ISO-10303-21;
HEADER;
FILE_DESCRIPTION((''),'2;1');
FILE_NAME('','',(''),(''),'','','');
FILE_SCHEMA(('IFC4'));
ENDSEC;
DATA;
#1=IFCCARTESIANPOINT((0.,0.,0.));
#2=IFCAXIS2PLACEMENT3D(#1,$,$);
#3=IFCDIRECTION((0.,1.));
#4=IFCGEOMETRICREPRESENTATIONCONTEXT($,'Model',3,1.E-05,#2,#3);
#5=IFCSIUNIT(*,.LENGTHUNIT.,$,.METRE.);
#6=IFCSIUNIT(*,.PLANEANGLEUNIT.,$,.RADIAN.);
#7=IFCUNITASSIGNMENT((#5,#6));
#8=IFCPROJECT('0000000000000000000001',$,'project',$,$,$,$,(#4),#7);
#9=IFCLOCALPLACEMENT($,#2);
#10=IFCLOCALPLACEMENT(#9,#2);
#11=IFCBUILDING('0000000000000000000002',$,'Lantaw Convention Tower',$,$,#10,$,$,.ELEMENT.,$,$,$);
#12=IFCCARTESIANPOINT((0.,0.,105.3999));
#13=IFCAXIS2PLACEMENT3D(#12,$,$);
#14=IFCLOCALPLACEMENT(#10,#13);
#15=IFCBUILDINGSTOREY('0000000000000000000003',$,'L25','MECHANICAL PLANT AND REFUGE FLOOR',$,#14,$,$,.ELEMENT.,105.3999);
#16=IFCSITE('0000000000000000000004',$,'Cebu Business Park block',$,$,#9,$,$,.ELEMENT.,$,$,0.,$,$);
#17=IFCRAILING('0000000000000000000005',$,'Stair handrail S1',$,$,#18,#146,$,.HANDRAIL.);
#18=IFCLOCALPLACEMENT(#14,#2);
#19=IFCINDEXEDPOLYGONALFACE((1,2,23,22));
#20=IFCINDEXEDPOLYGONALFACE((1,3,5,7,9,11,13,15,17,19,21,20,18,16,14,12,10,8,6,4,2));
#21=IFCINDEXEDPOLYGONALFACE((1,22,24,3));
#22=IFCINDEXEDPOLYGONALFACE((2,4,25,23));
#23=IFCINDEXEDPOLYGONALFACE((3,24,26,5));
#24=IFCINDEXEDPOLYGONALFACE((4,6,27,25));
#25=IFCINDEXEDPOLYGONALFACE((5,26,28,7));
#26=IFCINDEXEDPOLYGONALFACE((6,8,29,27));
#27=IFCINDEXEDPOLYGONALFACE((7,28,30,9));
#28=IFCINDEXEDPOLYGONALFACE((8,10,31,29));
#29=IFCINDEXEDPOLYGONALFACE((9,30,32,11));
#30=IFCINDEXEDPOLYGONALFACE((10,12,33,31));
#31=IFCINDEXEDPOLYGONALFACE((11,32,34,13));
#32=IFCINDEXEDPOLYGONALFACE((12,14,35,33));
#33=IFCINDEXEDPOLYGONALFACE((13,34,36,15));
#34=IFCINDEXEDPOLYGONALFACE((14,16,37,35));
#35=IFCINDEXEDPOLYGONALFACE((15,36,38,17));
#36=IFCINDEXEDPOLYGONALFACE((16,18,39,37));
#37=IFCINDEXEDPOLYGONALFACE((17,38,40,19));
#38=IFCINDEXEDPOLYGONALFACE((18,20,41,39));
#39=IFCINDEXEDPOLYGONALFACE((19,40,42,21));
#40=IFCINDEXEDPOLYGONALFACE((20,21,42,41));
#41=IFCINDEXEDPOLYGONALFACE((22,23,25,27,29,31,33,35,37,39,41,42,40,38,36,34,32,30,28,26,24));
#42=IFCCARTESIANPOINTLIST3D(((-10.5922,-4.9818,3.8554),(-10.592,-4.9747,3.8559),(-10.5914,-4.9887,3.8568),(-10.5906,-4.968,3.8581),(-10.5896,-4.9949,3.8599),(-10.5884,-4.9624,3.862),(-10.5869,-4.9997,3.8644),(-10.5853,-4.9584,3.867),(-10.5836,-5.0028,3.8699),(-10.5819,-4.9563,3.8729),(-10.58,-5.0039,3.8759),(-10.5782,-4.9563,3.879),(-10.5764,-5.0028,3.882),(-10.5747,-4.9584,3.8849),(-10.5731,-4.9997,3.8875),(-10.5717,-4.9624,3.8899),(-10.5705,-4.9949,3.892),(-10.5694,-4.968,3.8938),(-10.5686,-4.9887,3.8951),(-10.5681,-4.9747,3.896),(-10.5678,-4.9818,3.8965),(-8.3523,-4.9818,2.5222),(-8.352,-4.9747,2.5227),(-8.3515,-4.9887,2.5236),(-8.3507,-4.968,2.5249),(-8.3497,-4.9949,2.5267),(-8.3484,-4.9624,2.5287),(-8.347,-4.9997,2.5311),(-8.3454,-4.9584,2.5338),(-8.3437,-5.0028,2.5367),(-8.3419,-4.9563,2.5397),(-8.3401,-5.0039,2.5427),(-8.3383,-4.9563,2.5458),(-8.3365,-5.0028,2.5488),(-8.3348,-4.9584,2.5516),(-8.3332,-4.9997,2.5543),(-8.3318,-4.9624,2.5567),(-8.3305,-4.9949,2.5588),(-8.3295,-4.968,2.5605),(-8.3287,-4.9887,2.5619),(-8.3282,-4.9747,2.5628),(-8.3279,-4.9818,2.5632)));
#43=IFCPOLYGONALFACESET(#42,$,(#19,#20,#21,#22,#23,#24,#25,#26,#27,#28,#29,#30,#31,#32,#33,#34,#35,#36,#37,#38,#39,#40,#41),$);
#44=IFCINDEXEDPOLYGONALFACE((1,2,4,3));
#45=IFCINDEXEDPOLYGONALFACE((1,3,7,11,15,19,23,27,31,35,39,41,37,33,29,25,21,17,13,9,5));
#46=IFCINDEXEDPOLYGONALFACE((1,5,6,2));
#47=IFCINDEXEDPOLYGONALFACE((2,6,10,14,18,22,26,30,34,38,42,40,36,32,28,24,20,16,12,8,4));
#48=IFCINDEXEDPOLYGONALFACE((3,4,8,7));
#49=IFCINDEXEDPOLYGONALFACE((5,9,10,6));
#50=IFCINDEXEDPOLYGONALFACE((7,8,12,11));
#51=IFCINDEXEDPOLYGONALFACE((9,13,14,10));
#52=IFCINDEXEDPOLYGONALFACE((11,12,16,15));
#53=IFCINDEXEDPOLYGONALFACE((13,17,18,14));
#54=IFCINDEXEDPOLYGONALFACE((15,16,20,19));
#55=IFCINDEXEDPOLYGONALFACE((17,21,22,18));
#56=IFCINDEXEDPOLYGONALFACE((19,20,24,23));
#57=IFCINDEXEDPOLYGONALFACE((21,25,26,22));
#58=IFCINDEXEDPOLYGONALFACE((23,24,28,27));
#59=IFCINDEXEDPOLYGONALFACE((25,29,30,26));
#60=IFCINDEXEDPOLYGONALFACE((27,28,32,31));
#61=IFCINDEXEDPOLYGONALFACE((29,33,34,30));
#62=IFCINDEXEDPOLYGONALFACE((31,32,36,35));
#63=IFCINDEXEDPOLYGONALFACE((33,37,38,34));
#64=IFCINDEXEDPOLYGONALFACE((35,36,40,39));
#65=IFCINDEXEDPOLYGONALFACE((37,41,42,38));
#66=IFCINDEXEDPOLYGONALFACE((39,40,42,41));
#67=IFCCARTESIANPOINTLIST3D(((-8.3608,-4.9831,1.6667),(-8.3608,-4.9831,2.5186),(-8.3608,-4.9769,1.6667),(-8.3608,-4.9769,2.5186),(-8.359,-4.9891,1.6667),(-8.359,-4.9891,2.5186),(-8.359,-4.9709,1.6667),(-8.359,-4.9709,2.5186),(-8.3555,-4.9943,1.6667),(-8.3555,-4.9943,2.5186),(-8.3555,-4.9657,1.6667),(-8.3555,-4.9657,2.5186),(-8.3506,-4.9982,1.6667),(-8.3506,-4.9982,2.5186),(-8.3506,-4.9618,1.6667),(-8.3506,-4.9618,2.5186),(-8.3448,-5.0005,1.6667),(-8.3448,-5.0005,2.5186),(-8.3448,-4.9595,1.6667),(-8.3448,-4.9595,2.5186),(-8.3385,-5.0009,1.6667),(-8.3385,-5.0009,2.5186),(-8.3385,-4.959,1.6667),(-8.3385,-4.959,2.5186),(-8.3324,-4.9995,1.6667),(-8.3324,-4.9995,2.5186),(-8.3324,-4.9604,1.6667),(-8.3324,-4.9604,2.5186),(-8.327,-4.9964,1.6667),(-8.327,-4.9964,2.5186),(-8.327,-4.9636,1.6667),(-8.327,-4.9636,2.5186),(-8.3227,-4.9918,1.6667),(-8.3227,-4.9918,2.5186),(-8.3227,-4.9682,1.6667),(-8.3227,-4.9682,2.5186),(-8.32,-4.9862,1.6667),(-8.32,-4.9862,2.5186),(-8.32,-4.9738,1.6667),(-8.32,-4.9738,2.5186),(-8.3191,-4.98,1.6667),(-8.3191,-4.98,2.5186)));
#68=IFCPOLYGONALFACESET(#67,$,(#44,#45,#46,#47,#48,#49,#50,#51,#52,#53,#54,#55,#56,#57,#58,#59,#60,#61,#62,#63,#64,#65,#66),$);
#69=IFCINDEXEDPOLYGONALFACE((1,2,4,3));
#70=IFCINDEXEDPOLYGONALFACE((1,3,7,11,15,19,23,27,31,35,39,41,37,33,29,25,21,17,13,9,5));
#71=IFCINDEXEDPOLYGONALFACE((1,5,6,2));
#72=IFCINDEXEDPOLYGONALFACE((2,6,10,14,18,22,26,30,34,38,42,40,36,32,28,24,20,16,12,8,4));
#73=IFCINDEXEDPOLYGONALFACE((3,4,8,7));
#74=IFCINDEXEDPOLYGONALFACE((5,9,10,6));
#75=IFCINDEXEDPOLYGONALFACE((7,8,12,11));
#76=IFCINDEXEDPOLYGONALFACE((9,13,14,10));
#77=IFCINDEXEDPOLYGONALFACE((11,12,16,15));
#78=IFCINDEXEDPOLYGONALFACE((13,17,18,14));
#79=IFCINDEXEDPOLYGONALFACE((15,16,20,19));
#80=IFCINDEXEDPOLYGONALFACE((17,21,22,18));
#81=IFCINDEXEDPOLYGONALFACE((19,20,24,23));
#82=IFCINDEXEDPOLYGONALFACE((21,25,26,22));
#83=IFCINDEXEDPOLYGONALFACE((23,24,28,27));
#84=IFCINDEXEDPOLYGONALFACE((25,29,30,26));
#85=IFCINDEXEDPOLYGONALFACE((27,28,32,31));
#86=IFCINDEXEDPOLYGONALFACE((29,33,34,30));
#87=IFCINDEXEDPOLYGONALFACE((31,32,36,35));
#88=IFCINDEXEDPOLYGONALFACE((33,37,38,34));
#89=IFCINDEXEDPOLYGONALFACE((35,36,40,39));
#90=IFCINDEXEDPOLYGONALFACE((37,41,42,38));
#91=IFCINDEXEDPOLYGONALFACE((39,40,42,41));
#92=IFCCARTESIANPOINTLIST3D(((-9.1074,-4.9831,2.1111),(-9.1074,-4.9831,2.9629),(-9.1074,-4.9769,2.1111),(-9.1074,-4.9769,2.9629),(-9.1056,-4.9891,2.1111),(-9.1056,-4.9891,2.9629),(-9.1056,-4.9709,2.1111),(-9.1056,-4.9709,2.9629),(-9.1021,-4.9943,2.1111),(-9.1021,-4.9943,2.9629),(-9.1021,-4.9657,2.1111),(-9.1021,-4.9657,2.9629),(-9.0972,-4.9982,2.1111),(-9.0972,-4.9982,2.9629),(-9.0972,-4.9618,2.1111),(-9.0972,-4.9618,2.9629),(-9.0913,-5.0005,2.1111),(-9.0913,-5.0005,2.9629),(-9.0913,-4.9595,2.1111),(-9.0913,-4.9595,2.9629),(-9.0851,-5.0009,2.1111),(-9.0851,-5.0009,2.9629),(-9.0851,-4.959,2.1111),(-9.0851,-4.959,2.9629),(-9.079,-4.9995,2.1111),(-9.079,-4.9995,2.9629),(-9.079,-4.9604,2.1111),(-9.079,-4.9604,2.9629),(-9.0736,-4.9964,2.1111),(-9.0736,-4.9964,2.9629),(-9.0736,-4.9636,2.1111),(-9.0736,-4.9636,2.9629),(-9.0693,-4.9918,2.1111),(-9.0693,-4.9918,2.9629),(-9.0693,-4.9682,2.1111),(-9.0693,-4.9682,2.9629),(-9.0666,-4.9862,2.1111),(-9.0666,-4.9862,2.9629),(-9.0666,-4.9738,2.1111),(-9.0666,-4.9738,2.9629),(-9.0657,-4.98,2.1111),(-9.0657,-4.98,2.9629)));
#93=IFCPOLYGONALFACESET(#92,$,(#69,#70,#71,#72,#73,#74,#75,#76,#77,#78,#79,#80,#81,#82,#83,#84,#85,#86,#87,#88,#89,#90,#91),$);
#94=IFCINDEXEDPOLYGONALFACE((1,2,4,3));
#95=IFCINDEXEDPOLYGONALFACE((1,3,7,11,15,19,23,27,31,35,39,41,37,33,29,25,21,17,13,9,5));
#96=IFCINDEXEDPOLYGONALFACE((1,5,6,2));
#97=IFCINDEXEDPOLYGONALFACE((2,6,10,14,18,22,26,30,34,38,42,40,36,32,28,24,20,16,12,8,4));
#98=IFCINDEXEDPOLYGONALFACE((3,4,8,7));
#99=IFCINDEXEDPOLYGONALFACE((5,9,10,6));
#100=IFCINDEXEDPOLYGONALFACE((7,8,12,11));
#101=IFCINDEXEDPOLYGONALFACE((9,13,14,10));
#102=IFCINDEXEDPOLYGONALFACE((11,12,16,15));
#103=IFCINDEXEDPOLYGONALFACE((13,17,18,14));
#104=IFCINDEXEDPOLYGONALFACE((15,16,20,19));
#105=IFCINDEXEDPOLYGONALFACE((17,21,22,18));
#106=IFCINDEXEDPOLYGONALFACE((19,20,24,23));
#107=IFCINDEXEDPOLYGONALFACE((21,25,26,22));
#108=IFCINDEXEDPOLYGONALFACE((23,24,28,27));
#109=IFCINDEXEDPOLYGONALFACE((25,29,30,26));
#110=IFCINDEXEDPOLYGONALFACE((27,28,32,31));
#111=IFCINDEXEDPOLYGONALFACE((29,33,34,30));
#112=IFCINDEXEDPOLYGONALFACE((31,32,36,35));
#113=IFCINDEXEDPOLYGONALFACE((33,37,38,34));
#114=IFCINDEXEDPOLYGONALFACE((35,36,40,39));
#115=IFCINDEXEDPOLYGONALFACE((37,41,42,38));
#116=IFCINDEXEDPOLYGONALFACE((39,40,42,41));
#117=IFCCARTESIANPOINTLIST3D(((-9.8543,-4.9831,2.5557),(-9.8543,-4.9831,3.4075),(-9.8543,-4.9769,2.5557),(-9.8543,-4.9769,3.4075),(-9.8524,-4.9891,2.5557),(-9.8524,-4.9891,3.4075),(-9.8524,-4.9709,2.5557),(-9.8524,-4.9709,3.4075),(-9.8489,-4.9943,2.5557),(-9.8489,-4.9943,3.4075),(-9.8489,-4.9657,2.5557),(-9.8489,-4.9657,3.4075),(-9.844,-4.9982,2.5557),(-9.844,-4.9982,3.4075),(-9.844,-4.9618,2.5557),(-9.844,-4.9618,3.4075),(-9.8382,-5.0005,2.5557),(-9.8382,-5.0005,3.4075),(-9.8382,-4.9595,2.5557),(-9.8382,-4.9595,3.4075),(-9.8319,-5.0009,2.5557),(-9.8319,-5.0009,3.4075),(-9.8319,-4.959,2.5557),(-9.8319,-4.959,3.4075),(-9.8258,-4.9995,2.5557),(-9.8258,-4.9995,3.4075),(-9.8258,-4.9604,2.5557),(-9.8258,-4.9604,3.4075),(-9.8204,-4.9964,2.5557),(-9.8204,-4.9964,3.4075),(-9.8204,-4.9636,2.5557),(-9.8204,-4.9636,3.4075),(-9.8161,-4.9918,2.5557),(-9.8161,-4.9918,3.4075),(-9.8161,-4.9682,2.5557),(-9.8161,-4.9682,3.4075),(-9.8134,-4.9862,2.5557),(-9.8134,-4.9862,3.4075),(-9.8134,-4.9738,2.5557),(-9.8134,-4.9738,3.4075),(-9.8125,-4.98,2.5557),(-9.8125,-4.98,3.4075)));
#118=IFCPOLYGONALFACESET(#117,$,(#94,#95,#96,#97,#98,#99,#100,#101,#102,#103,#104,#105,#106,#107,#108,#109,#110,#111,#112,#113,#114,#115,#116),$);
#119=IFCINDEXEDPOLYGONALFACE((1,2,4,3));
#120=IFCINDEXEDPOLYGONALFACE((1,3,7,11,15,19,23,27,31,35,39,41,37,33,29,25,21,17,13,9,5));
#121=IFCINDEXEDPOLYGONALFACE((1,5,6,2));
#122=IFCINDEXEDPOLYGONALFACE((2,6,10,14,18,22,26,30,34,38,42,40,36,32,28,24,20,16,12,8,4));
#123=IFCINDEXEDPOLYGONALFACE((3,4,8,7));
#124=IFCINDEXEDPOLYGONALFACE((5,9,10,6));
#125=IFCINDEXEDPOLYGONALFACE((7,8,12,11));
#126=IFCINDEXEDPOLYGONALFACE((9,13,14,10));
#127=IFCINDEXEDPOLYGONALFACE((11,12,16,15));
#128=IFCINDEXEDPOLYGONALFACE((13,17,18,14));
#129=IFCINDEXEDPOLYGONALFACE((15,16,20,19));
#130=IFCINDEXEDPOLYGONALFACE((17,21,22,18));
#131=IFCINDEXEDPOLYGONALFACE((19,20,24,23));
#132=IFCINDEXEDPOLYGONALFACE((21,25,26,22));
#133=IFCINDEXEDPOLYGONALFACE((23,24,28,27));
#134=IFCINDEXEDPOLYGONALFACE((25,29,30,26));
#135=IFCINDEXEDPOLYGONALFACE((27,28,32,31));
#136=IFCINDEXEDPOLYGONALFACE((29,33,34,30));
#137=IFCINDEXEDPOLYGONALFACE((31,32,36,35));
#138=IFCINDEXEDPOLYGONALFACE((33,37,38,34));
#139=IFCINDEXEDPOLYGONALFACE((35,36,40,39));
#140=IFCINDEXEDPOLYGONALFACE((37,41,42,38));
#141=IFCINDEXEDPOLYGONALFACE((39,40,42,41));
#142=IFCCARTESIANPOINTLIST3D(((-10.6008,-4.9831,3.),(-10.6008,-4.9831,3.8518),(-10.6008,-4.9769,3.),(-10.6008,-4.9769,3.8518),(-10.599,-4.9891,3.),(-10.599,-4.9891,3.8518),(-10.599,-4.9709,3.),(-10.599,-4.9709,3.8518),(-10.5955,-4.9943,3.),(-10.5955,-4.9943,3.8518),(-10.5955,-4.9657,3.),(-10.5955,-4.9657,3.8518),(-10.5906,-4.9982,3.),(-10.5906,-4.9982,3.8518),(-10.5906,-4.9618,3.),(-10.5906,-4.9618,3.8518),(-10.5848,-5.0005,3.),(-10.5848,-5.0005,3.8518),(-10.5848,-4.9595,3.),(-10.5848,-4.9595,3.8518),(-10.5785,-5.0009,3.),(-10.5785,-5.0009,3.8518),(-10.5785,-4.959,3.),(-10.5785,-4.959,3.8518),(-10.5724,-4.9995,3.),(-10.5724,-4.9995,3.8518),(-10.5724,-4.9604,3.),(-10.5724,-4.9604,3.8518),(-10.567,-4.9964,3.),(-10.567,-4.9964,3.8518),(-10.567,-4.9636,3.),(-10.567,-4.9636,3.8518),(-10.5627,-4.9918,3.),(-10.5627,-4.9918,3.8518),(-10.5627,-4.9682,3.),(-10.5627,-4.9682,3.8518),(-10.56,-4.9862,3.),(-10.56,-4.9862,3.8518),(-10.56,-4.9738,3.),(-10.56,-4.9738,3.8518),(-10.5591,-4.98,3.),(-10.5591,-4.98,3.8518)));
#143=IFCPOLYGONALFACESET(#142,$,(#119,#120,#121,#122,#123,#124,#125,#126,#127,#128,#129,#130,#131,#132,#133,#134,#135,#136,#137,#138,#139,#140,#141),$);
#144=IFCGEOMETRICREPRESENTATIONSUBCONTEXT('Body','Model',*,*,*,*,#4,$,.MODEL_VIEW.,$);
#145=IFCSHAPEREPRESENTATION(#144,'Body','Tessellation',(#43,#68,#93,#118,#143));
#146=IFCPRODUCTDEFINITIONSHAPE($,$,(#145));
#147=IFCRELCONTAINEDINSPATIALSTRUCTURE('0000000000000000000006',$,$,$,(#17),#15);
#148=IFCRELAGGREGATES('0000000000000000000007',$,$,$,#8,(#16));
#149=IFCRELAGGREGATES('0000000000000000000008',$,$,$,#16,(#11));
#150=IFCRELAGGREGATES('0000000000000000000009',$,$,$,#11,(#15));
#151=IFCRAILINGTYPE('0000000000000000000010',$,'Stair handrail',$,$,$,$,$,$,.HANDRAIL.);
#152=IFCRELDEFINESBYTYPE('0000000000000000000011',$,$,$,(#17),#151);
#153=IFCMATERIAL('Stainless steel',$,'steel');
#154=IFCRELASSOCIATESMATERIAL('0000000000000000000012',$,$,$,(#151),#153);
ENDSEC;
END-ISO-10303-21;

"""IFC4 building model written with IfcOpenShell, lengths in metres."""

from ifc_helpers import new_model, si_unit, direction, frame, origin, origin_2d, place, context, subcontext, project, spatial, circle, extrude, material, type_object, element, save


model = new_model("IFC4")

# Units and contexts
model_context = context("Model", 3, precision=1e-05, world=origin(), true_north=direction((0.0, 1.0)))
body_context = subcontext(model_context, "Body", "Model", "MODEL_VIEW")
ifc_project = project(units=[si_unit("LENGTHUNIT", "METRE"), si_unit("PLANEANGLEUNIT", "RADIAN")], contexts=[model_context])

# Site, building, storey
site_placement = place(None, origin())
site = spatial("IfcSite", under=ifc_project, at=site_placement, Name="Cebu Business Park block", CompositionType="ELEMENT", RefElevation=0.0)
building_placement = place(site_placement, origin())
building = spatial("IfcBuilding", under=site, at=building_placement, Name="Lantaw Convention Tower", CompositionType="ELEMENT")
storey_placement = place(building_placement, frame((0.0, 0.0, 105.3999)))
storey = spatial("IfcBuildingStorey", under=building, at=storey_placement, Name="L25", Description="MECHANICAL PLANT AND REFUGE FLOOR", CompositionType="ELEMENT", Elevation=105.3999)

# Railing
ifc_material_1 = material(Name="Stainless steel", Category="steel")
railing_type = type_object("IfcRailingType", Name="Stair handrail", PredefinedType="HANDRAIL", material=ifc_material_1)
railing_1_placement = place(storey_placement, frame((-8.3401, -4.98, 1.6667)))
element("IfcRailing", 1, at=railing_1_placement, inside=storey, type_object=railing_type, Name="Stair handrail S1", PredefinedType="HANDRAIL", context=body_context, shape_type="SweptSolid", body=[
    extrude(circle(Radius=0.0239, at=origin_2d()), frame((0.0, 0.0, 0.876), z_axis=(-0.859306, 0.0, 0.511462), x_axis=(0.0, -1.0, 0.0)), (0.0, 0.0, 1.0), 2.6067),
    extrude(circle(Radius=0.021, at=origin_2d()), origin(), (0.0, 0.0, 1.0), 0.8518),
    extrude(circle(Radius=0.021, at=origin_2d()), frame((-0.7466, 0.0, 0.4443)), (0.0, 0.0, 1.0), 0.8518),
    extrude(circle(Radius=0.021, at=origin_2d()), frame((-1.4934, 0.0, 0.8889)), (0.0, 0.0, 1.0), 0.8518),
    extrude(circle(Radius=0.021, at=origin_2d()), frame((-2.24, 0.0, 1.3333)), (0.0, 0.0, 1.0), 0.8518),
])

save(model, "model.ifc")
